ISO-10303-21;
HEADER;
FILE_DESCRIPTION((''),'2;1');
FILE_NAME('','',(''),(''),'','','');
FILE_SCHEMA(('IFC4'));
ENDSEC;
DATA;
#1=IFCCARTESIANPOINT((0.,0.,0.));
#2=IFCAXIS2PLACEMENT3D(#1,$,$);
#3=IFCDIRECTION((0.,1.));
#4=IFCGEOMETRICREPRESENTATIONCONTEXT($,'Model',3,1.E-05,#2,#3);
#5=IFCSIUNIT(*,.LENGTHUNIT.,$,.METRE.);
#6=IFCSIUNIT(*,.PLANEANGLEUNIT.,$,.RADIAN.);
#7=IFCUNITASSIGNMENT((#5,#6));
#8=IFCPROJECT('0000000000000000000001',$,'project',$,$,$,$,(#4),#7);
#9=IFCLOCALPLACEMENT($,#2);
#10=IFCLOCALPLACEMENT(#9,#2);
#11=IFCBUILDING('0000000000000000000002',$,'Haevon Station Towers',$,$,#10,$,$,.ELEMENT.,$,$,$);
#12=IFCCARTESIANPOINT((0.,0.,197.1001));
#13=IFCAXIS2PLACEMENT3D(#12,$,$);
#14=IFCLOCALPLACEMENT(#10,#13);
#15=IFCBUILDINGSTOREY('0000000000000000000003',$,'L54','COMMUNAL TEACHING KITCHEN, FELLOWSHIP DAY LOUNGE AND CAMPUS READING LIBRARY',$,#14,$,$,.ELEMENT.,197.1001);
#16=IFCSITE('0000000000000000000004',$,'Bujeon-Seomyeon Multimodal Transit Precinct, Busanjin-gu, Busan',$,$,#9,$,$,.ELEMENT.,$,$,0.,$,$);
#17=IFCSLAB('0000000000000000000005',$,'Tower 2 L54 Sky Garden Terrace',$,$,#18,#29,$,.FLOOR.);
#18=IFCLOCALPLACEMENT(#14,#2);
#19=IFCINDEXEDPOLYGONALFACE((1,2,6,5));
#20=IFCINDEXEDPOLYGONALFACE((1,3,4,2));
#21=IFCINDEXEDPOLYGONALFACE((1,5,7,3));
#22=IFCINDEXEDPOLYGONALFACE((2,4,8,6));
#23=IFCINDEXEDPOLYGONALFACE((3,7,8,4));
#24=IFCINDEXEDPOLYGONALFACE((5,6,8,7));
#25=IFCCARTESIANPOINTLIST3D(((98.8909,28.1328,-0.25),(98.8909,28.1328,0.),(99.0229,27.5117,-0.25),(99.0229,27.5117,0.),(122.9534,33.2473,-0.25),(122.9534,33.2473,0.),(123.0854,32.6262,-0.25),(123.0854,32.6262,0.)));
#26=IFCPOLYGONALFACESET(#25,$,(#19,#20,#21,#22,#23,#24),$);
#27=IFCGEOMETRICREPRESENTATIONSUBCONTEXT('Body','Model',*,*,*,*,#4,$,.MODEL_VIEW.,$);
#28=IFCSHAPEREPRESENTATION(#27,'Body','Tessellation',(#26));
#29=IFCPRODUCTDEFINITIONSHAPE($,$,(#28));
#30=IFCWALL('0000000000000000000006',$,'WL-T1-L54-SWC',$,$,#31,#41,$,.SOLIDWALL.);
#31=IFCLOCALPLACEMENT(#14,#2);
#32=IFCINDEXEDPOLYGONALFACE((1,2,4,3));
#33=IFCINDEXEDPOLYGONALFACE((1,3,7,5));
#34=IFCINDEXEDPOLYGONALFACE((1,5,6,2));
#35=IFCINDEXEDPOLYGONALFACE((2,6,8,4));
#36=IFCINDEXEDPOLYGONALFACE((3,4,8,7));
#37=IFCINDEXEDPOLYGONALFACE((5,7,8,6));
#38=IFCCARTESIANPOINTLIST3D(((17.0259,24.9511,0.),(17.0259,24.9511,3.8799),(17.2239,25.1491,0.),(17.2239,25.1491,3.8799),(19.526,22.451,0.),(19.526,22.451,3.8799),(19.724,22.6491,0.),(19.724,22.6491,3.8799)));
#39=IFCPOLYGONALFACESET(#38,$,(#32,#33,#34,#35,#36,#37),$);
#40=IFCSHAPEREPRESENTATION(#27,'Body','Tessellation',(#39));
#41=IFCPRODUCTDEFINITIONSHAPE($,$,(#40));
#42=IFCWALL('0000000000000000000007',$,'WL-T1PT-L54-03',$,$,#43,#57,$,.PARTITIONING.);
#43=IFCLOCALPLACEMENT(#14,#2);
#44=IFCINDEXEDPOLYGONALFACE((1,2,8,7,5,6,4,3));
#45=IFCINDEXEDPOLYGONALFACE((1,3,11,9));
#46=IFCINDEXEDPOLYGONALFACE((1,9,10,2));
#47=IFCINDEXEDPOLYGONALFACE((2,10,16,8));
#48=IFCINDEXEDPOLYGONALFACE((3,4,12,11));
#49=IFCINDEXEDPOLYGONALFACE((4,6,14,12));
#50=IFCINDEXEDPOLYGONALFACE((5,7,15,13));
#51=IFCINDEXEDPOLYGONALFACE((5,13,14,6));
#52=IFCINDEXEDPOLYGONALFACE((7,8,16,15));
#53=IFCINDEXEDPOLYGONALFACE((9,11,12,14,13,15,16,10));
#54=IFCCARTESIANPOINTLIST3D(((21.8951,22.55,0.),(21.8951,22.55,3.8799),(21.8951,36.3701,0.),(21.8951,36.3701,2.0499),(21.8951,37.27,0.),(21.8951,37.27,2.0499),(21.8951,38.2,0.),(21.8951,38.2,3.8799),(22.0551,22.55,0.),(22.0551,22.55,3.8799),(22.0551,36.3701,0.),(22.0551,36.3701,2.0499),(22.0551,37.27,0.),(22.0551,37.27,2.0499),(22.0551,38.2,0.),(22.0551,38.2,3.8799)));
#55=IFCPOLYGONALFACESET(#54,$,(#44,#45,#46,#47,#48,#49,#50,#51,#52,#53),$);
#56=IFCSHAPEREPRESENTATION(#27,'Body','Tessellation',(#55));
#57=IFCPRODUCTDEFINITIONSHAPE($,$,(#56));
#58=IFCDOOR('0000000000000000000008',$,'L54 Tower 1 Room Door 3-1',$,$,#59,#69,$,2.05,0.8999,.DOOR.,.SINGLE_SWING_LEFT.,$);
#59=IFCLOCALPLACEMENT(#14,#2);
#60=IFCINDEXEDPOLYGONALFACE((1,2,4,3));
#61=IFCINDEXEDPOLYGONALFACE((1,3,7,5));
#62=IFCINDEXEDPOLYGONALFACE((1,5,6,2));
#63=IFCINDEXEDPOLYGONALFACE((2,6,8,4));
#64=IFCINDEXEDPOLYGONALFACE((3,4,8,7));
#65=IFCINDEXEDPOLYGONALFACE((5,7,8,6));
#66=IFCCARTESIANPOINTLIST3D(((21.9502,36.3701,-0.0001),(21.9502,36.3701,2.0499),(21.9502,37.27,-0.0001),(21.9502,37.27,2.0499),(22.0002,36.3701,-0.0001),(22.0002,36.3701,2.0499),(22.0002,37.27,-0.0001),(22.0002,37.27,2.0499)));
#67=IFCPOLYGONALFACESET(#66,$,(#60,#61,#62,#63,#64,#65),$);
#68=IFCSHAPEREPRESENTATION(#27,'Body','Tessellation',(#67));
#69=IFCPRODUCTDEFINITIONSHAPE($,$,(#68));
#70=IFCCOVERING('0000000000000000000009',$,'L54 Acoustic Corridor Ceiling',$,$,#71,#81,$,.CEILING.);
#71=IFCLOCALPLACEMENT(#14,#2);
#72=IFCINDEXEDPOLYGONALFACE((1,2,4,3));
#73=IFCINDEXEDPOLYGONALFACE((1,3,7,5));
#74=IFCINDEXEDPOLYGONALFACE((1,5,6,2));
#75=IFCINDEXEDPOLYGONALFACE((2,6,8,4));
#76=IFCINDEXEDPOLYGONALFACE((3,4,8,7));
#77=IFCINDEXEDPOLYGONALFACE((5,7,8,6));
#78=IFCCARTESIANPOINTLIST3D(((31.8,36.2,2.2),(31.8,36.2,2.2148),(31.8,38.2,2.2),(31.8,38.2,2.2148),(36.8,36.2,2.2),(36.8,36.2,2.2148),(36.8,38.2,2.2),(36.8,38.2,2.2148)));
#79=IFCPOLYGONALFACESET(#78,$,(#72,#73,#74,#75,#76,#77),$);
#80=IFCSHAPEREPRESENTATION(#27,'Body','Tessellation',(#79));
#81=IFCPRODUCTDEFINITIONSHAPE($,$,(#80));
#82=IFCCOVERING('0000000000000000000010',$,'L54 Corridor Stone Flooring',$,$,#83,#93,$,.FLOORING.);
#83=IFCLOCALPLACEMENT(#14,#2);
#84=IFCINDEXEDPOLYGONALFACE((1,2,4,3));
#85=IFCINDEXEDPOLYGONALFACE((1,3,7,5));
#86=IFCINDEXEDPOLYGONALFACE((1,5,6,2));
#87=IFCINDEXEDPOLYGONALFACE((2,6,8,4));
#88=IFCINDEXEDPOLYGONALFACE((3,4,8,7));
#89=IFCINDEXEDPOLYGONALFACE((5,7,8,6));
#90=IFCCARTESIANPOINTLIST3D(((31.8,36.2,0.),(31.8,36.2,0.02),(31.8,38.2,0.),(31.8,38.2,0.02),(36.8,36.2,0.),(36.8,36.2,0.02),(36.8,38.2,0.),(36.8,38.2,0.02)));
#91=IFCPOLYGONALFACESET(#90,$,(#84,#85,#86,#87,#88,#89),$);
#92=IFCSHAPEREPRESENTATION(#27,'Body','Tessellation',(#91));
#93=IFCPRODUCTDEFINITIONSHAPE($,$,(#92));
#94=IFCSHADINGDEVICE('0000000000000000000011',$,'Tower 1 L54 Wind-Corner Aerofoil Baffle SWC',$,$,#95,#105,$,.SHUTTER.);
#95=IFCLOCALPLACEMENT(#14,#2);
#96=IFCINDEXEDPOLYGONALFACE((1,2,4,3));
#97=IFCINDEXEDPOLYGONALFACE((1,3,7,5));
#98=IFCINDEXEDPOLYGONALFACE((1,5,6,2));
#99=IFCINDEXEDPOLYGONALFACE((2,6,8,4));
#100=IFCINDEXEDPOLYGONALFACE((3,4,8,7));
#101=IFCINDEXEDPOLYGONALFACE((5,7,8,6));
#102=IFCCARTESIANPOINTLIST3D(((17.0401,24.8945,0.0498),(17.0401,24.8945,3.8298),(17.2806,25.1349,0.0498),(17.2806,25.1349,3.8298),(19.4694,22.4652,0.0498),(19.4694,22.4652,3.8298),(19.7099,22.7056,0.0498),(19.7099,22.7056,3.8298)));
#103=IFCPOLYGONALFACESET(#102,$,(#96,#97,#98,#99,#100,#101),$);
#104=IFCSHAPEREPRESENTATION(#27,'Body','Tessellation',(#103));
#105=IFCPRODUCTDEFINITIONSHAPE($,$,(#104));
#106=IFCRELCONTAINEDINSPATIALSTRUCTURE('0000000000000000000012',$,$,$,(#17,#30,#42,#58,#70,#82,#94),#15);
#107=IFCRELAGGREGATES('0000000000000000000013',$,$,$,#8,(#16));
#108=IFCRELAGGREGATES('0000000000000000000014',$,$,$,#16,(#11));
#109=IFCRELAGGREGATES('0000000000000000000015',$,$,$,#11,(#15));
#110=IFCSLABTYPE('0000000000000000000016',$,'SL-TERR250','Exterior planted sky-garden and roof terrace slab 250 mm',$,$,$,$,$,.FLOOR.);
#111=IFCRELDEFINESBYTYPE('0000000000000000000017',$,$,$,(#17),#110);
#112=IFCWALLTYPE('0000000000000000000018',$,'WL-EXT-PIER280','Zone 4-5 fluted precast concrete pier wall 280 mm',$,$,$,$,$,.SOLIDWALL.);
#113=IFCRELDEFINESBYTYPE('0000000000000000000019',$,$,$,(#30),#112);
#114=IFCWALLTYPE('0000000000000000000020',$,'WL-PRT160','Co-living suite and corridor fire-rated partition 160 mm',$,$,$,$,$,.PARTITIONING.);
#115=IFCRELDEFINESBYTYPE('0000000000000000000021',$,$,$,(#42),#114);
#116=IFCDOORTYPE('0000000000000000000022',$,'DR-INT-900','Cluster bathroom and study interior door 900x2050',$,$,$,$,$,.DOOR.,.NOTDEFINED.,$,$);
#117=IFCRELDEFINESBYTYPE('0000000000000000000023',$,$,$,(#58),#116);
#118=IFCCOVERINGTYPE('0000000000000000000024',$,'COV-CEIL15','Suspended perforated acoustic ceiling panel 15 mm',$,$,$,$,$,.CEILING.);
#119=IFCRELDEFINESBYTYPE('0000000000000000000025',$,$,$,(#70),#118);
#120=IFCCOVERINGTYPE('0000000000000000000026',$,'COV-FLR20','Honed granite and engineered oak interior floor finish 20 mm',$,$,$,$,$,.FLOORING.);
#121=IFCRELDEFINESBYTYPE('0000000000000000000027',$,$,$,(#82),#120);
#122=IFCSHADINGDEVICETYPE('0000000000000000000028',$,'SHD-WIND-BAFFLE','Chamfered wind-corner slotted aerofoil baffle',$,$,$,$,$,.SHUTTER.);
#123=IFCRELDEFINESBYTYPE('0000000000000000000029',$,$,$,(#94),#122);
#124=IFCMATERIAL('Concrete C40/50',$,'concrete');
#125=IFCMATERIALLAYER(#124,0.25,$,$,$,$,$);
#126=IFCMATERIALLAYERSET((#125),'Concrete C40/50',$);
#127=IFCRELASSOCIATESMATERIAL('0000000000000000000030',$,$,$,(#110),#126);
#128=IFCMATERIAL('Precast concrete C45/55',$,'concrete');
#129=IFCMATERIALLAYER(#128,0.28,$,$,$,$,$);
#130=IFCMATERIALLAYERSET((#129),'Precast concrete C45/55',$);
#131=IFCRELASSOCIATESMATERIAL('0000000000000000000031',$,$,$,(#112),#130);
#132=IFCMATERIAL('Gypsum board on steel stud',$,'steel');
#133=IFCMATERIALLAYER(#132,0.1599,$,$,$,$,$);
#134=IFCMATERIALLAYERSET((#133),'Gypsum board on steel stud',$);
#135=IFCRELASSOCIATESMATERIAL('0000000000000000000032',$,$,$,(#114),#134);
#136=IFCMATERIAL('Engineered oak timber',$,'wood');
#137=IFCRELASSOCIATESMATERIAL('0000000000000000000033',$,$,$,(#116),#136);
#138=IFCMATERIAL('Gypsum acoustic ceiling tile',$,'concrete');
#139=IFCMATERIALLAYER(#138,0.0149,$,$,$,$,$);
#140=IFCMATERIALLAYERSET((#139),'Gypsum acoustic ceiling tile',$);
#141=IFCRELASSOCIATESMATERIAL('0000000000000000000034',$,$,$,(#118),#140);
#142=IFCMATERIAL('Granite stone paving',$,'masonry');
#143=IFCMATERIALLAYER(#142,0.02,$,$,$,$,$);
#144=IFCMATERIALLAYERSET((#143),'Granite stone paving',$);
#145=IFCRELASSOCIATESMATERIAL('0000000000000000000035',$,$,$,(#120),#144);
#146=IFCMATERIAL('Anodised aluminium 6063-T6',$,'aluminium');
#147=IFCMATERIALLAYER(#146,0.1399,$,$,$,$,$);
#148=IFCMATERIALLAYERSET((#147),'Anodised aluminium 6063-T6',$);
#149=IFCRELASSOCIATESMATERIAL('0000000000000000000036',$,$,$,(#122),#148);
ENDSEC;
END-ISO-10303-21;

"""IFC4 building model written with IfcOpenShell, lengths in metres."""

from ifc_helpers import new_model, si_unit, direction, frame, frame_2d, origin, origin_2d, place, context, subcontext, project, spatial, polyline, rectangle, outline, extrude, material, layer, layer_set, type_object, element, fill, save


model = new_model("IFC4")

# Units and contexts
model_context = context("Model", 3, precision=1e-05, world=origin(), true_north=direction((0.0, 1.0)))
body_context = subcontext(model_context, "Body", "Model", "MODEL_VIEW")
ifc_project = project(units=[si_unit("LENGTHUNIT", "METRE"), si_unit("PLANEANGLEUNIT", "RADIAN")], contexts=[model_context])

# Site, building, storey
site_placement = place(None, origin())
site = spatial("IfcSite", under=ifc_project, at=site_placement, Name="Bujeon-Seomyeon Multimodal Transit Precinct, Busanjin-gu, Busan", CompositionType="ELEMENT", RefElevation=0.0)
building_placement = place(site_placement, origin())
building = spatial("IfcBuilding", under=site, at=building_placement, Name="Haevon Station Towers", CompositionType="ELEMENT")
storey_placement = place(building_placement, frame((0.0, 0.0, 197.1001)))
storey = spatial("IfcBuildingStorey", under=building, at=storey_placement, Name="L54", Description="COMMUNAL TEACHING KITCHEN, FELLOWSHIP DAY LOUNGE AND CAMPUS READING LIBRARY", CompositionType="ELEMENT", Elevation=197.1001)

# Shared definitions
ifc_material_1 = material(Name="Concrete C40/50", Category="concrete")

# Slab
ifc_layer_1 = layer(ifc_material_1, 0.25)
ifc_layer_set_1 = layer_set([ifc_layer_1], Name="Concrete C40/50")
slab_type_1 = type_object("IfcSlabType", Name="SL-TERR250", Description="Exterior planted sky-garden and roof terrace slab 250 mm", PredefinedType="FLOOR", material=ifc_layer_set_1)
slab_1_placement = place(storey_placement, frame((0.0, 0.0, -0.25)))
element("IfcSlab", 1, at=slab_1_placement, inside=storey, type_object=slab_type_1, Name="Tower 2 L54 Sky Garden Terrace", PredefinedType="FLOOR", context=body_context, shape_type="SweptSolid", body=[
    extrude(outline(polyline([(99.0229, 27.5117), (123.0854, 32.6262), (122.9534, 33.2473), (98.8909, 28.1328), (99.0229, 27.5117)])), origin(), (0.0, 0.0, 1.0), 0.25),
])

# Wall
ifc_material_2 = material(Name="Precast concrete C45/55", Category="concrete")
ifc_layer_2 = layer(ifc_material_2, 0.28)
ifc_layer_set_2 = layer_set([ifc_layer_2], Name="Precast concrete C45/55")
wall_type_1 = type_object("IfcWallType", Name="WL-EXT-PIER280", Description="Zone 4-5 fluted precast concrete pier wall 280 mm", PredefinedType="SOLIDWALL", material=ifc_layer_set_2)
wall_1_placement = place(storey_placement, frame((19.625, 22.55, 0.0), z_axis=(0.0, 0.0, 1.0), x_axis=(-0.707107, 0.707107, 0.0)))
element("IfcWall", 2, at=wall_1_placement, inside=storey, type_object=wall_type_1, Name="WL-T1-L54-SWC", PredefinedType="SOLIDWALL", context=body_context, shape_type="SweptSolid", body=[
    extrude(rectangle(XDim=3.5356, YDim=0.28, at=frame_2d((1.7678, 0.0))), origin(), (0.0, 0.0, 1.0), 3.8799),
])

# Wall, opening, door
ifc_material_3 = material(Name="Gypsum board on steel stud", Category="steel")
ifc_layer_3 = layer(ifc_material_3, 0.1599)
ifc_layer_set_3 = layer_set([ifc_layer_3], Name="Gypsum board on steel stud")
wall_type_2 = type_object("IfcWallType", Name="WL-PRT160", Description="Co-living suite and corridor fire-rated partition 160 mm", PredefinedType="PARTITIONING", material=ifc_layer_set_3)
wall_2_placement = place(storey_placement, frame((21.9751, 22.55, 0.0), z_axis=(0.0, 0.0, 1.0), x_axis=(0.0, 1.0, 0.0)))
wall_2 = element("IfcWall", 3, at=wall_2_placement, inside=storey, type_object=wall_type_2, Name="WL-T1PT-L54-03", PredefinedType="PARTITIONING", context=body_context, shape_type="SweptSolid", body=[
    extrude(rectangle(XDim=15.6499, YDim=0.1599, at=frame_2d((7.825, 0.0))), origin(), (0.0, 0.0, 1.0), 3.8799),
])
opening_placement = place(wall_2_placement, frame((13.8201, 0.0, 0.0)))
opening = element("IfcOpeningElement", 4, at=opening_placement, cuts=wall_2, PredefinedType="OPENING", context=body_context, shape_type="SweptSolid", body=[
    extrude(rectangle(XDim=0.8999, YDim=2.05, at=frame_2d((0.45, 1.0249))), frame((0.0, 0.0898, 0.0), z_axis=(0.0, -1.0, 0.0), x_axis=(1.0, 0.0, 0.0)), (0.0, 0.0, 1.0), 0.1799),
])
ifc_material_4 = material(Name="Engineered oak timber", Category="wood")
door_type = type_object("IfcDoorType", Name="DR-INT-900", Description="Cluster bathroom and study interior door 900x2050", OperationType="NOTDEFINED", PredefinedType="DOOR", material=ifc_material_4)
door_placement = place(opening_placement, origin())
door = element("IfcDoor", 5, at=door_placement, inside=storey, type_object=door_type, Name="L54 Tower 1 Room Door 3-1", OperationType="SINGLE_SWING_LEFT", OverallHeight=2.05, OverallWidth=0.8999, PredefinedType="DOOR", context=body_context, shape_type="SweptSolid", body=[
    extrude(rectangle(XDim=0.8999, YDim=2.05, at=frame_2d((0.45, 1.0249))), frame((0.0, 0.0249, 0.0), z_axis=(0.0, -1.0, 0.0), x_axis=(1.0, 0.0, 0.0)), (0.0, 0.0, 1.0), 0.05),
])
fill(opening, door)

# Coverings
ifc_material_5 = material(Name="Gypsum acoustic ceiling tile", Category="concrete")
ifc_layer_4 = layer(ifc_material_5, 0.0149)
ifc_layer_set_4 = layer_set([ifc_layer_4], Name="Gypsum acoustic ceiling tile")
covering_type_1 = type_object("IfcCoveringType", Name="COV-CEIL15", Description="Suspended perforated acoustic ceiling panel 15 mm", PredefinedType="CEILING", material=ifc_layer_set_4)
covering_1_placement = place(storey_placement, frame((0.0, 0.0, 2.2)))
element("IfcCovering", 6, at=covering_1_placement, inside=storey, type_object=covering_type_1, Name="L54 Acoustic Corridor Ceiling", PredefinedType="CEILING", context=body_context, shape_type="SweptSolid", body=[
    extrude(outline(polyline([(31.8, 36.2), (36.8, 36.2), (36.8, 38.2), (31.8, 38.2), (31.8, 36.2)])), origin(), (0.0, 0.0, 1.0), 0.0149),
])
ifc_material_6 = material(Name="Granite stone paving", Category="masonry")
ifc_layer_5 = layer(ifc_material_6, 0.02)
ifc_layer_set_5 = layer_set([ifc_layer_5], Name="Granite stone paving")
covering_type_2 = type_object("IfcCoveringType", Name="COV-FLR20", Description="Honed granite and engineered oak interior floor finish 20 mm", PredefinedType="FLOORING", material=ifc_layer_set_5)
covering_2_placement = place(storey_placement, origin())
element("IfcCovering", 7, at=covering_2_placement, inside=storey, type_object=covering_type_2, Name="L54 Corridor Stone Flooring", PredefinedType="FLOORING", context=body_context, shape_type="SweptSolid", body=[
    extrude(outline(polyline([(31.8, 36.2), (36.8, 36.2), (36.8, 38.2), (31.8, 38.2), (31.8, 36.2)])), origin(), (0.0, 0.0, 1.0), 0.02),
])

# Shading device
ifc_material_7 = material(Name="Anodised aluminium 6063-T6", Category="aluminium")
ifc_layer_6 = layer(ifc_material_7, 0.1399)
ifc_layer_set_6 = layer_set([ifc_layer_6], Name="Anodised aluminium 6063-T6")
shading_device_type = type_object("IfcShadingDeviceType", Name="SHD-WIND-BAFFLE", Description="Chamfered wind-corner slotted aerofoil baffle", PredefinedType="SHUTTER", material=ifc_layer_set_6)
shading_device_placement = place(storey_placement, frame((18.375, 23.8, 0.0498), z_axis=(0.0, 0.0, 1.0), x_axis=(-0.707107, 0.707107, 0.0)))
element("IfcShadingDevice", 8, at=shading_device_placement, inside=storey, type_object=shading_device_type, Name="Tower 1 L54 Wind-Corner Aerofoil Baffle SWC", PredefinedType="SHUTTER", context=body_context, shape_type="SweptSolid", body=[
    extrude(rectangle(XDim=3.4355, YDim=0.3401, at=origin_2d()), origin(), (0.0, 0.0, 1.0), 3.78),
])

save(model, "model.ifc")
